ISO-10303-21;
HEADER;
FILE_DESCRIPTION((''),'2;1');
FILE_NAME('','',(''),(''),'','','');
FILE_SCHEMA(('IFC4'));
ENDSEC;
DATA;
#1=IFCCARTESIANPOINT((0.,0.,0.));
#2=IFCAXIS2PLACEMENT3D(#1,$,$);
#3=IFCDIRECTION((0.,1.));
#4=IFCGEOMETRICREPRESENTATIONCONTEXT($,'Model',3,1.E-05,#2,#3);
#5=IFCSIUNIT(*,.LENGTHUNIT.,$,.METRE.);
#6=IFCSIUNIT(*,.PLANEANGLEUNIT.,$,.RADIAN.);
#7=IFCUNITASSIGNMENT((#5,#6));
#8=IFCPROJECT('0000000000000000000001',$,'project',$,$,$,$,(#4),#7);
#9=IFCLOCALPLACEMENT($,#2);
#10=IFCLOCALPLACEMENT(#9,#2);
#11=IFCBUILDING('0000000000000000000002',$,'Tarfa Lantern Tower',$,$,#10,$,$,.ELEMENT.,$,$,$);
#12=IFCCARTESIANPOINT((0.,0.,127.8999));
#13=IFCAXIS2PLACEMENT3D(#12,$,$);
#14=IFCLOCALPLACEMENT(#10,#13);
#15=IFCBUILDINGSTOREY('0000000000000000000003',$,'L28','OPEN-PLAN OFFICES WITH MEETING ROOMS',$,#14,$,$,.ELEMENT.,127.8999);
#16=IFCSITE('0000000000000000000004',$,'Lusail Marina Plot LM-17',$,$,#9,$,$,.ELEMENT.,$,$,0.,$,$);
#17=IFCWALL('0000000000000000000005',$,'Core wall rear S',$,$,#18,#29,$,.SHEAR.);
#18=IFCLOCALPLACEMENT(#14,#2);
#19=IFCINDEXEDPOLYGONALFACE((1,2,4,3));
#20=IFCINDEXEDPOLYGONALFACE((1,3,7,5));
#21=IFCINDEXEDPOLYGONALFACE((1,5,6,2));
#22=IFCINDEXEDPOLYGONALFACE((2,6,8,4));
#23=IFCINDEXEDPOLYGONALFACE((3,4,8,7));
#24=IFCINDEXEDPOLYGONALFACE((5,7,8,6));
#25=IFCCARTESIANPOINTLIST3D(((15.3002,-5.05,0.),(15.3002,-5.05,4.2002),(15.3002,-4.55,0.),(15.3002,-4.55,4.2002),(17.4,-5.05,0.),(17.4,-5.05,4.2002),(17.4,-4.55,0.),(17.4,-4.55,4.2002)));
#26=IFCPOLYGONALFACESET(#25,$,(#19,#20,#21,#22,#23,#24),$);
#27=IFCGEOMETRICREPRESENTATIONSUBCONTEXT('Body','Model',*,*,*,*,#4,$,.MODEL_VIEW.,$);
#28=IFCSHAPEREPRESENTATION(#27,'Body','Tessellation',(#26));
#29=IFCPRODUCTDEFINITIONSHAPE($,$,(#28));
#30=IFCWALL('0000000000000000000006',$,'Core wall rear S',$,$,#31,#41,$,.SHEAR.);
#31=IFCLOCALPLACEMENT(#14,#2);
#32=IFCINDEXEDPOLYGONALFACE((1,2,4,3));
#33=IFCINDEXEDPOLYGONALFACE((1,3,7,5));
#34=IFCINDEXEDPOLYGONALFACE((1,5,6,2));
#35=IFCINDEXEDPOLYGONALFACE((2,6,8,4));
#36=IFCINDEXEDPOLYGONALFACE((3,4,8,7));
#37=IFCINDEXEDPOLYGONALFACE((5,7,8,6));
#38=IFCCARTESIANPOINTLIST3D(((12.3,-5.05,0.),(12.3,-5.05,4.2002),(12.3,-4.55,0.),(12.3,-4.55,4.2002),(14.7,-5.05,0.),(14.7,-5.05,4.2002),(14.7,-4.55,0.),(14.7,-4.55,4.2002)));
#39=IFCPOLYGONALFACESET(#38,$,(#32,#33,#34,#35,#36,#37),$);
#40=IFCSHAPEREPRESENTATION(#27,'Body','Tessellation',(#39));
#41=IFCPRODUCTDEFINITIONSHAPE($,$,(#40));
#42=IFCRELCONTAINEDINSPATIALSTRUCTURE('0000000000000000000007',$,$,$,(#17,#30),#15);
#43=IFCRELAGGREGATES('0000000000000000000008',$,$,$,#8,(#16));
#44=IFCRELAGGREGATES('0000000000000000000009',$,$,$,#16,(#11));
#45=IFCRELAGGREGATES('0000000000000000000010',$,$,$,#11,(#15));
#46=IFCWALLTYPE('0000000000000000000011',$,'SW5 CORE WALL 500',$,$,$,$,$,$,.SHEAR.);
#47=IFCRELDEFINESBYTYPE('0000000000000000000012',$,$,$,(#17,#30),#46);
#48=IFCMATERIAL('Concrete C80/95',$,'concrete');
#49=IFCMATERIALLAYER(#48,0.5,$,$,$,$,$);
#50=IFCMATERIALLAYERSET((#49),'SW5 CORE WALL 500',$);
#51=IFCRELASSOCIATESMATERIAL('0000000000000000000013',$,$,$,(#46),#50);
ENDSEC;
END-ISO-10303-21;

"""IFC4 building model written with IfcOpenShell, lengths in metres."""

from ifc_helpers import new_model, si_unit, direction, frame, frame_2d, origin, place, context, subcontext, project, spatial, rectangle, extrude, material, layer, layer_set, type_object, element, save


model = new_model("IFC4")

# Units and contexts
model_context = context("Model", 3, precision=1e-05, world=origin(), true_north=direction((0.0, 1.0)))
body_context = subcontext(model_context, "Body", "Model", "MODEL_VIEW")
ifc_project = project(units=[si_unit("LENGTHUNIT", "METRE"), si_unit("PLANEANGLEUNIT", "RADIAN")], contexts=[model_context])

# Site, building, storey
site_placement = place(None, origin())
site = spatial("IfcSite", under=ifc_project, at=site_placement, Name="Lusail Marina Plot LM-17", CompositionType="ELEMENT", RefElevation=0.0)
building_placement = place(site_placement, origin())
building = spatial("IfcBuilding", under=site, at=building_placement, Name="Tarfa Lantern Tower", CompositionType="ELEMENT")
storey_placement = place(building_placement, frame((0.0, 0.0, 127.8999)))
storey = spatial("IfcBuildingStorey", under=building, at=storey_placement, Name="L28", Description="OPEN-PLAN OFFICES WITH MEETING ROOMS", CompositionType="ELEMENT", Elevation=127.8999)

# Shared definitions
ifc_material_1 = material(Name="Concrete C80/95", Category="concrete")
ifc_layer_1 = layer(ifc_material_1, 0.5)
ifc_layer_set_1 = layer_set([ifc_layer_1], Name="SW5 CORE WALL 500")
wall_type_1 = type_object("IfcWallType", Name="SW5 CORE WALL 500", PredefinedType="SHEAR", material=ifc_layer_set_1)

# Walls
wall_1_placement = place(storey_placement, frame((17.3999, -4.8, 0.0), z_axis=(0.0, 0.0, 1.0), x_axis=(-1.0, 0.0, 0.0)))
element("IfcWall", 1, at=wall_1_placement, inside=storey, type_object=wall_type_1, Name="Core wall rear S", PredefinedType="SHEAR", context=body_context, shape_type="SweptSolid", body=[
    extrude(rectangle(XDim=2.0999, YDim=0.5, at=frame_2d((1.0498, 0.0))), origin(), (0.0, 0.0, 1.0), 4.2002),
])
wall_2_placement = place(storey_placement, frame((14.7, -4.8, 0.0), z_axis=(0.0, 0.0, 1.0), x_axis=(-1.0, 0.0, 0.0)))
element("IfcWall", 2, at=wall_2_placement, inside=storey, type_object=wall_type_1, Name="Core wall rear S", PredefinedType="SHEAR", context=body_context, shape_type="SweptSolid", body=[
    extrude(rectangle(XDim=2.3999, YDim=0.5, at=frame_2d((1.2, 0.0))), origin(), (0.0, 0.0, 1.0), 4.2002),
])

save(model, "model.ifc")
